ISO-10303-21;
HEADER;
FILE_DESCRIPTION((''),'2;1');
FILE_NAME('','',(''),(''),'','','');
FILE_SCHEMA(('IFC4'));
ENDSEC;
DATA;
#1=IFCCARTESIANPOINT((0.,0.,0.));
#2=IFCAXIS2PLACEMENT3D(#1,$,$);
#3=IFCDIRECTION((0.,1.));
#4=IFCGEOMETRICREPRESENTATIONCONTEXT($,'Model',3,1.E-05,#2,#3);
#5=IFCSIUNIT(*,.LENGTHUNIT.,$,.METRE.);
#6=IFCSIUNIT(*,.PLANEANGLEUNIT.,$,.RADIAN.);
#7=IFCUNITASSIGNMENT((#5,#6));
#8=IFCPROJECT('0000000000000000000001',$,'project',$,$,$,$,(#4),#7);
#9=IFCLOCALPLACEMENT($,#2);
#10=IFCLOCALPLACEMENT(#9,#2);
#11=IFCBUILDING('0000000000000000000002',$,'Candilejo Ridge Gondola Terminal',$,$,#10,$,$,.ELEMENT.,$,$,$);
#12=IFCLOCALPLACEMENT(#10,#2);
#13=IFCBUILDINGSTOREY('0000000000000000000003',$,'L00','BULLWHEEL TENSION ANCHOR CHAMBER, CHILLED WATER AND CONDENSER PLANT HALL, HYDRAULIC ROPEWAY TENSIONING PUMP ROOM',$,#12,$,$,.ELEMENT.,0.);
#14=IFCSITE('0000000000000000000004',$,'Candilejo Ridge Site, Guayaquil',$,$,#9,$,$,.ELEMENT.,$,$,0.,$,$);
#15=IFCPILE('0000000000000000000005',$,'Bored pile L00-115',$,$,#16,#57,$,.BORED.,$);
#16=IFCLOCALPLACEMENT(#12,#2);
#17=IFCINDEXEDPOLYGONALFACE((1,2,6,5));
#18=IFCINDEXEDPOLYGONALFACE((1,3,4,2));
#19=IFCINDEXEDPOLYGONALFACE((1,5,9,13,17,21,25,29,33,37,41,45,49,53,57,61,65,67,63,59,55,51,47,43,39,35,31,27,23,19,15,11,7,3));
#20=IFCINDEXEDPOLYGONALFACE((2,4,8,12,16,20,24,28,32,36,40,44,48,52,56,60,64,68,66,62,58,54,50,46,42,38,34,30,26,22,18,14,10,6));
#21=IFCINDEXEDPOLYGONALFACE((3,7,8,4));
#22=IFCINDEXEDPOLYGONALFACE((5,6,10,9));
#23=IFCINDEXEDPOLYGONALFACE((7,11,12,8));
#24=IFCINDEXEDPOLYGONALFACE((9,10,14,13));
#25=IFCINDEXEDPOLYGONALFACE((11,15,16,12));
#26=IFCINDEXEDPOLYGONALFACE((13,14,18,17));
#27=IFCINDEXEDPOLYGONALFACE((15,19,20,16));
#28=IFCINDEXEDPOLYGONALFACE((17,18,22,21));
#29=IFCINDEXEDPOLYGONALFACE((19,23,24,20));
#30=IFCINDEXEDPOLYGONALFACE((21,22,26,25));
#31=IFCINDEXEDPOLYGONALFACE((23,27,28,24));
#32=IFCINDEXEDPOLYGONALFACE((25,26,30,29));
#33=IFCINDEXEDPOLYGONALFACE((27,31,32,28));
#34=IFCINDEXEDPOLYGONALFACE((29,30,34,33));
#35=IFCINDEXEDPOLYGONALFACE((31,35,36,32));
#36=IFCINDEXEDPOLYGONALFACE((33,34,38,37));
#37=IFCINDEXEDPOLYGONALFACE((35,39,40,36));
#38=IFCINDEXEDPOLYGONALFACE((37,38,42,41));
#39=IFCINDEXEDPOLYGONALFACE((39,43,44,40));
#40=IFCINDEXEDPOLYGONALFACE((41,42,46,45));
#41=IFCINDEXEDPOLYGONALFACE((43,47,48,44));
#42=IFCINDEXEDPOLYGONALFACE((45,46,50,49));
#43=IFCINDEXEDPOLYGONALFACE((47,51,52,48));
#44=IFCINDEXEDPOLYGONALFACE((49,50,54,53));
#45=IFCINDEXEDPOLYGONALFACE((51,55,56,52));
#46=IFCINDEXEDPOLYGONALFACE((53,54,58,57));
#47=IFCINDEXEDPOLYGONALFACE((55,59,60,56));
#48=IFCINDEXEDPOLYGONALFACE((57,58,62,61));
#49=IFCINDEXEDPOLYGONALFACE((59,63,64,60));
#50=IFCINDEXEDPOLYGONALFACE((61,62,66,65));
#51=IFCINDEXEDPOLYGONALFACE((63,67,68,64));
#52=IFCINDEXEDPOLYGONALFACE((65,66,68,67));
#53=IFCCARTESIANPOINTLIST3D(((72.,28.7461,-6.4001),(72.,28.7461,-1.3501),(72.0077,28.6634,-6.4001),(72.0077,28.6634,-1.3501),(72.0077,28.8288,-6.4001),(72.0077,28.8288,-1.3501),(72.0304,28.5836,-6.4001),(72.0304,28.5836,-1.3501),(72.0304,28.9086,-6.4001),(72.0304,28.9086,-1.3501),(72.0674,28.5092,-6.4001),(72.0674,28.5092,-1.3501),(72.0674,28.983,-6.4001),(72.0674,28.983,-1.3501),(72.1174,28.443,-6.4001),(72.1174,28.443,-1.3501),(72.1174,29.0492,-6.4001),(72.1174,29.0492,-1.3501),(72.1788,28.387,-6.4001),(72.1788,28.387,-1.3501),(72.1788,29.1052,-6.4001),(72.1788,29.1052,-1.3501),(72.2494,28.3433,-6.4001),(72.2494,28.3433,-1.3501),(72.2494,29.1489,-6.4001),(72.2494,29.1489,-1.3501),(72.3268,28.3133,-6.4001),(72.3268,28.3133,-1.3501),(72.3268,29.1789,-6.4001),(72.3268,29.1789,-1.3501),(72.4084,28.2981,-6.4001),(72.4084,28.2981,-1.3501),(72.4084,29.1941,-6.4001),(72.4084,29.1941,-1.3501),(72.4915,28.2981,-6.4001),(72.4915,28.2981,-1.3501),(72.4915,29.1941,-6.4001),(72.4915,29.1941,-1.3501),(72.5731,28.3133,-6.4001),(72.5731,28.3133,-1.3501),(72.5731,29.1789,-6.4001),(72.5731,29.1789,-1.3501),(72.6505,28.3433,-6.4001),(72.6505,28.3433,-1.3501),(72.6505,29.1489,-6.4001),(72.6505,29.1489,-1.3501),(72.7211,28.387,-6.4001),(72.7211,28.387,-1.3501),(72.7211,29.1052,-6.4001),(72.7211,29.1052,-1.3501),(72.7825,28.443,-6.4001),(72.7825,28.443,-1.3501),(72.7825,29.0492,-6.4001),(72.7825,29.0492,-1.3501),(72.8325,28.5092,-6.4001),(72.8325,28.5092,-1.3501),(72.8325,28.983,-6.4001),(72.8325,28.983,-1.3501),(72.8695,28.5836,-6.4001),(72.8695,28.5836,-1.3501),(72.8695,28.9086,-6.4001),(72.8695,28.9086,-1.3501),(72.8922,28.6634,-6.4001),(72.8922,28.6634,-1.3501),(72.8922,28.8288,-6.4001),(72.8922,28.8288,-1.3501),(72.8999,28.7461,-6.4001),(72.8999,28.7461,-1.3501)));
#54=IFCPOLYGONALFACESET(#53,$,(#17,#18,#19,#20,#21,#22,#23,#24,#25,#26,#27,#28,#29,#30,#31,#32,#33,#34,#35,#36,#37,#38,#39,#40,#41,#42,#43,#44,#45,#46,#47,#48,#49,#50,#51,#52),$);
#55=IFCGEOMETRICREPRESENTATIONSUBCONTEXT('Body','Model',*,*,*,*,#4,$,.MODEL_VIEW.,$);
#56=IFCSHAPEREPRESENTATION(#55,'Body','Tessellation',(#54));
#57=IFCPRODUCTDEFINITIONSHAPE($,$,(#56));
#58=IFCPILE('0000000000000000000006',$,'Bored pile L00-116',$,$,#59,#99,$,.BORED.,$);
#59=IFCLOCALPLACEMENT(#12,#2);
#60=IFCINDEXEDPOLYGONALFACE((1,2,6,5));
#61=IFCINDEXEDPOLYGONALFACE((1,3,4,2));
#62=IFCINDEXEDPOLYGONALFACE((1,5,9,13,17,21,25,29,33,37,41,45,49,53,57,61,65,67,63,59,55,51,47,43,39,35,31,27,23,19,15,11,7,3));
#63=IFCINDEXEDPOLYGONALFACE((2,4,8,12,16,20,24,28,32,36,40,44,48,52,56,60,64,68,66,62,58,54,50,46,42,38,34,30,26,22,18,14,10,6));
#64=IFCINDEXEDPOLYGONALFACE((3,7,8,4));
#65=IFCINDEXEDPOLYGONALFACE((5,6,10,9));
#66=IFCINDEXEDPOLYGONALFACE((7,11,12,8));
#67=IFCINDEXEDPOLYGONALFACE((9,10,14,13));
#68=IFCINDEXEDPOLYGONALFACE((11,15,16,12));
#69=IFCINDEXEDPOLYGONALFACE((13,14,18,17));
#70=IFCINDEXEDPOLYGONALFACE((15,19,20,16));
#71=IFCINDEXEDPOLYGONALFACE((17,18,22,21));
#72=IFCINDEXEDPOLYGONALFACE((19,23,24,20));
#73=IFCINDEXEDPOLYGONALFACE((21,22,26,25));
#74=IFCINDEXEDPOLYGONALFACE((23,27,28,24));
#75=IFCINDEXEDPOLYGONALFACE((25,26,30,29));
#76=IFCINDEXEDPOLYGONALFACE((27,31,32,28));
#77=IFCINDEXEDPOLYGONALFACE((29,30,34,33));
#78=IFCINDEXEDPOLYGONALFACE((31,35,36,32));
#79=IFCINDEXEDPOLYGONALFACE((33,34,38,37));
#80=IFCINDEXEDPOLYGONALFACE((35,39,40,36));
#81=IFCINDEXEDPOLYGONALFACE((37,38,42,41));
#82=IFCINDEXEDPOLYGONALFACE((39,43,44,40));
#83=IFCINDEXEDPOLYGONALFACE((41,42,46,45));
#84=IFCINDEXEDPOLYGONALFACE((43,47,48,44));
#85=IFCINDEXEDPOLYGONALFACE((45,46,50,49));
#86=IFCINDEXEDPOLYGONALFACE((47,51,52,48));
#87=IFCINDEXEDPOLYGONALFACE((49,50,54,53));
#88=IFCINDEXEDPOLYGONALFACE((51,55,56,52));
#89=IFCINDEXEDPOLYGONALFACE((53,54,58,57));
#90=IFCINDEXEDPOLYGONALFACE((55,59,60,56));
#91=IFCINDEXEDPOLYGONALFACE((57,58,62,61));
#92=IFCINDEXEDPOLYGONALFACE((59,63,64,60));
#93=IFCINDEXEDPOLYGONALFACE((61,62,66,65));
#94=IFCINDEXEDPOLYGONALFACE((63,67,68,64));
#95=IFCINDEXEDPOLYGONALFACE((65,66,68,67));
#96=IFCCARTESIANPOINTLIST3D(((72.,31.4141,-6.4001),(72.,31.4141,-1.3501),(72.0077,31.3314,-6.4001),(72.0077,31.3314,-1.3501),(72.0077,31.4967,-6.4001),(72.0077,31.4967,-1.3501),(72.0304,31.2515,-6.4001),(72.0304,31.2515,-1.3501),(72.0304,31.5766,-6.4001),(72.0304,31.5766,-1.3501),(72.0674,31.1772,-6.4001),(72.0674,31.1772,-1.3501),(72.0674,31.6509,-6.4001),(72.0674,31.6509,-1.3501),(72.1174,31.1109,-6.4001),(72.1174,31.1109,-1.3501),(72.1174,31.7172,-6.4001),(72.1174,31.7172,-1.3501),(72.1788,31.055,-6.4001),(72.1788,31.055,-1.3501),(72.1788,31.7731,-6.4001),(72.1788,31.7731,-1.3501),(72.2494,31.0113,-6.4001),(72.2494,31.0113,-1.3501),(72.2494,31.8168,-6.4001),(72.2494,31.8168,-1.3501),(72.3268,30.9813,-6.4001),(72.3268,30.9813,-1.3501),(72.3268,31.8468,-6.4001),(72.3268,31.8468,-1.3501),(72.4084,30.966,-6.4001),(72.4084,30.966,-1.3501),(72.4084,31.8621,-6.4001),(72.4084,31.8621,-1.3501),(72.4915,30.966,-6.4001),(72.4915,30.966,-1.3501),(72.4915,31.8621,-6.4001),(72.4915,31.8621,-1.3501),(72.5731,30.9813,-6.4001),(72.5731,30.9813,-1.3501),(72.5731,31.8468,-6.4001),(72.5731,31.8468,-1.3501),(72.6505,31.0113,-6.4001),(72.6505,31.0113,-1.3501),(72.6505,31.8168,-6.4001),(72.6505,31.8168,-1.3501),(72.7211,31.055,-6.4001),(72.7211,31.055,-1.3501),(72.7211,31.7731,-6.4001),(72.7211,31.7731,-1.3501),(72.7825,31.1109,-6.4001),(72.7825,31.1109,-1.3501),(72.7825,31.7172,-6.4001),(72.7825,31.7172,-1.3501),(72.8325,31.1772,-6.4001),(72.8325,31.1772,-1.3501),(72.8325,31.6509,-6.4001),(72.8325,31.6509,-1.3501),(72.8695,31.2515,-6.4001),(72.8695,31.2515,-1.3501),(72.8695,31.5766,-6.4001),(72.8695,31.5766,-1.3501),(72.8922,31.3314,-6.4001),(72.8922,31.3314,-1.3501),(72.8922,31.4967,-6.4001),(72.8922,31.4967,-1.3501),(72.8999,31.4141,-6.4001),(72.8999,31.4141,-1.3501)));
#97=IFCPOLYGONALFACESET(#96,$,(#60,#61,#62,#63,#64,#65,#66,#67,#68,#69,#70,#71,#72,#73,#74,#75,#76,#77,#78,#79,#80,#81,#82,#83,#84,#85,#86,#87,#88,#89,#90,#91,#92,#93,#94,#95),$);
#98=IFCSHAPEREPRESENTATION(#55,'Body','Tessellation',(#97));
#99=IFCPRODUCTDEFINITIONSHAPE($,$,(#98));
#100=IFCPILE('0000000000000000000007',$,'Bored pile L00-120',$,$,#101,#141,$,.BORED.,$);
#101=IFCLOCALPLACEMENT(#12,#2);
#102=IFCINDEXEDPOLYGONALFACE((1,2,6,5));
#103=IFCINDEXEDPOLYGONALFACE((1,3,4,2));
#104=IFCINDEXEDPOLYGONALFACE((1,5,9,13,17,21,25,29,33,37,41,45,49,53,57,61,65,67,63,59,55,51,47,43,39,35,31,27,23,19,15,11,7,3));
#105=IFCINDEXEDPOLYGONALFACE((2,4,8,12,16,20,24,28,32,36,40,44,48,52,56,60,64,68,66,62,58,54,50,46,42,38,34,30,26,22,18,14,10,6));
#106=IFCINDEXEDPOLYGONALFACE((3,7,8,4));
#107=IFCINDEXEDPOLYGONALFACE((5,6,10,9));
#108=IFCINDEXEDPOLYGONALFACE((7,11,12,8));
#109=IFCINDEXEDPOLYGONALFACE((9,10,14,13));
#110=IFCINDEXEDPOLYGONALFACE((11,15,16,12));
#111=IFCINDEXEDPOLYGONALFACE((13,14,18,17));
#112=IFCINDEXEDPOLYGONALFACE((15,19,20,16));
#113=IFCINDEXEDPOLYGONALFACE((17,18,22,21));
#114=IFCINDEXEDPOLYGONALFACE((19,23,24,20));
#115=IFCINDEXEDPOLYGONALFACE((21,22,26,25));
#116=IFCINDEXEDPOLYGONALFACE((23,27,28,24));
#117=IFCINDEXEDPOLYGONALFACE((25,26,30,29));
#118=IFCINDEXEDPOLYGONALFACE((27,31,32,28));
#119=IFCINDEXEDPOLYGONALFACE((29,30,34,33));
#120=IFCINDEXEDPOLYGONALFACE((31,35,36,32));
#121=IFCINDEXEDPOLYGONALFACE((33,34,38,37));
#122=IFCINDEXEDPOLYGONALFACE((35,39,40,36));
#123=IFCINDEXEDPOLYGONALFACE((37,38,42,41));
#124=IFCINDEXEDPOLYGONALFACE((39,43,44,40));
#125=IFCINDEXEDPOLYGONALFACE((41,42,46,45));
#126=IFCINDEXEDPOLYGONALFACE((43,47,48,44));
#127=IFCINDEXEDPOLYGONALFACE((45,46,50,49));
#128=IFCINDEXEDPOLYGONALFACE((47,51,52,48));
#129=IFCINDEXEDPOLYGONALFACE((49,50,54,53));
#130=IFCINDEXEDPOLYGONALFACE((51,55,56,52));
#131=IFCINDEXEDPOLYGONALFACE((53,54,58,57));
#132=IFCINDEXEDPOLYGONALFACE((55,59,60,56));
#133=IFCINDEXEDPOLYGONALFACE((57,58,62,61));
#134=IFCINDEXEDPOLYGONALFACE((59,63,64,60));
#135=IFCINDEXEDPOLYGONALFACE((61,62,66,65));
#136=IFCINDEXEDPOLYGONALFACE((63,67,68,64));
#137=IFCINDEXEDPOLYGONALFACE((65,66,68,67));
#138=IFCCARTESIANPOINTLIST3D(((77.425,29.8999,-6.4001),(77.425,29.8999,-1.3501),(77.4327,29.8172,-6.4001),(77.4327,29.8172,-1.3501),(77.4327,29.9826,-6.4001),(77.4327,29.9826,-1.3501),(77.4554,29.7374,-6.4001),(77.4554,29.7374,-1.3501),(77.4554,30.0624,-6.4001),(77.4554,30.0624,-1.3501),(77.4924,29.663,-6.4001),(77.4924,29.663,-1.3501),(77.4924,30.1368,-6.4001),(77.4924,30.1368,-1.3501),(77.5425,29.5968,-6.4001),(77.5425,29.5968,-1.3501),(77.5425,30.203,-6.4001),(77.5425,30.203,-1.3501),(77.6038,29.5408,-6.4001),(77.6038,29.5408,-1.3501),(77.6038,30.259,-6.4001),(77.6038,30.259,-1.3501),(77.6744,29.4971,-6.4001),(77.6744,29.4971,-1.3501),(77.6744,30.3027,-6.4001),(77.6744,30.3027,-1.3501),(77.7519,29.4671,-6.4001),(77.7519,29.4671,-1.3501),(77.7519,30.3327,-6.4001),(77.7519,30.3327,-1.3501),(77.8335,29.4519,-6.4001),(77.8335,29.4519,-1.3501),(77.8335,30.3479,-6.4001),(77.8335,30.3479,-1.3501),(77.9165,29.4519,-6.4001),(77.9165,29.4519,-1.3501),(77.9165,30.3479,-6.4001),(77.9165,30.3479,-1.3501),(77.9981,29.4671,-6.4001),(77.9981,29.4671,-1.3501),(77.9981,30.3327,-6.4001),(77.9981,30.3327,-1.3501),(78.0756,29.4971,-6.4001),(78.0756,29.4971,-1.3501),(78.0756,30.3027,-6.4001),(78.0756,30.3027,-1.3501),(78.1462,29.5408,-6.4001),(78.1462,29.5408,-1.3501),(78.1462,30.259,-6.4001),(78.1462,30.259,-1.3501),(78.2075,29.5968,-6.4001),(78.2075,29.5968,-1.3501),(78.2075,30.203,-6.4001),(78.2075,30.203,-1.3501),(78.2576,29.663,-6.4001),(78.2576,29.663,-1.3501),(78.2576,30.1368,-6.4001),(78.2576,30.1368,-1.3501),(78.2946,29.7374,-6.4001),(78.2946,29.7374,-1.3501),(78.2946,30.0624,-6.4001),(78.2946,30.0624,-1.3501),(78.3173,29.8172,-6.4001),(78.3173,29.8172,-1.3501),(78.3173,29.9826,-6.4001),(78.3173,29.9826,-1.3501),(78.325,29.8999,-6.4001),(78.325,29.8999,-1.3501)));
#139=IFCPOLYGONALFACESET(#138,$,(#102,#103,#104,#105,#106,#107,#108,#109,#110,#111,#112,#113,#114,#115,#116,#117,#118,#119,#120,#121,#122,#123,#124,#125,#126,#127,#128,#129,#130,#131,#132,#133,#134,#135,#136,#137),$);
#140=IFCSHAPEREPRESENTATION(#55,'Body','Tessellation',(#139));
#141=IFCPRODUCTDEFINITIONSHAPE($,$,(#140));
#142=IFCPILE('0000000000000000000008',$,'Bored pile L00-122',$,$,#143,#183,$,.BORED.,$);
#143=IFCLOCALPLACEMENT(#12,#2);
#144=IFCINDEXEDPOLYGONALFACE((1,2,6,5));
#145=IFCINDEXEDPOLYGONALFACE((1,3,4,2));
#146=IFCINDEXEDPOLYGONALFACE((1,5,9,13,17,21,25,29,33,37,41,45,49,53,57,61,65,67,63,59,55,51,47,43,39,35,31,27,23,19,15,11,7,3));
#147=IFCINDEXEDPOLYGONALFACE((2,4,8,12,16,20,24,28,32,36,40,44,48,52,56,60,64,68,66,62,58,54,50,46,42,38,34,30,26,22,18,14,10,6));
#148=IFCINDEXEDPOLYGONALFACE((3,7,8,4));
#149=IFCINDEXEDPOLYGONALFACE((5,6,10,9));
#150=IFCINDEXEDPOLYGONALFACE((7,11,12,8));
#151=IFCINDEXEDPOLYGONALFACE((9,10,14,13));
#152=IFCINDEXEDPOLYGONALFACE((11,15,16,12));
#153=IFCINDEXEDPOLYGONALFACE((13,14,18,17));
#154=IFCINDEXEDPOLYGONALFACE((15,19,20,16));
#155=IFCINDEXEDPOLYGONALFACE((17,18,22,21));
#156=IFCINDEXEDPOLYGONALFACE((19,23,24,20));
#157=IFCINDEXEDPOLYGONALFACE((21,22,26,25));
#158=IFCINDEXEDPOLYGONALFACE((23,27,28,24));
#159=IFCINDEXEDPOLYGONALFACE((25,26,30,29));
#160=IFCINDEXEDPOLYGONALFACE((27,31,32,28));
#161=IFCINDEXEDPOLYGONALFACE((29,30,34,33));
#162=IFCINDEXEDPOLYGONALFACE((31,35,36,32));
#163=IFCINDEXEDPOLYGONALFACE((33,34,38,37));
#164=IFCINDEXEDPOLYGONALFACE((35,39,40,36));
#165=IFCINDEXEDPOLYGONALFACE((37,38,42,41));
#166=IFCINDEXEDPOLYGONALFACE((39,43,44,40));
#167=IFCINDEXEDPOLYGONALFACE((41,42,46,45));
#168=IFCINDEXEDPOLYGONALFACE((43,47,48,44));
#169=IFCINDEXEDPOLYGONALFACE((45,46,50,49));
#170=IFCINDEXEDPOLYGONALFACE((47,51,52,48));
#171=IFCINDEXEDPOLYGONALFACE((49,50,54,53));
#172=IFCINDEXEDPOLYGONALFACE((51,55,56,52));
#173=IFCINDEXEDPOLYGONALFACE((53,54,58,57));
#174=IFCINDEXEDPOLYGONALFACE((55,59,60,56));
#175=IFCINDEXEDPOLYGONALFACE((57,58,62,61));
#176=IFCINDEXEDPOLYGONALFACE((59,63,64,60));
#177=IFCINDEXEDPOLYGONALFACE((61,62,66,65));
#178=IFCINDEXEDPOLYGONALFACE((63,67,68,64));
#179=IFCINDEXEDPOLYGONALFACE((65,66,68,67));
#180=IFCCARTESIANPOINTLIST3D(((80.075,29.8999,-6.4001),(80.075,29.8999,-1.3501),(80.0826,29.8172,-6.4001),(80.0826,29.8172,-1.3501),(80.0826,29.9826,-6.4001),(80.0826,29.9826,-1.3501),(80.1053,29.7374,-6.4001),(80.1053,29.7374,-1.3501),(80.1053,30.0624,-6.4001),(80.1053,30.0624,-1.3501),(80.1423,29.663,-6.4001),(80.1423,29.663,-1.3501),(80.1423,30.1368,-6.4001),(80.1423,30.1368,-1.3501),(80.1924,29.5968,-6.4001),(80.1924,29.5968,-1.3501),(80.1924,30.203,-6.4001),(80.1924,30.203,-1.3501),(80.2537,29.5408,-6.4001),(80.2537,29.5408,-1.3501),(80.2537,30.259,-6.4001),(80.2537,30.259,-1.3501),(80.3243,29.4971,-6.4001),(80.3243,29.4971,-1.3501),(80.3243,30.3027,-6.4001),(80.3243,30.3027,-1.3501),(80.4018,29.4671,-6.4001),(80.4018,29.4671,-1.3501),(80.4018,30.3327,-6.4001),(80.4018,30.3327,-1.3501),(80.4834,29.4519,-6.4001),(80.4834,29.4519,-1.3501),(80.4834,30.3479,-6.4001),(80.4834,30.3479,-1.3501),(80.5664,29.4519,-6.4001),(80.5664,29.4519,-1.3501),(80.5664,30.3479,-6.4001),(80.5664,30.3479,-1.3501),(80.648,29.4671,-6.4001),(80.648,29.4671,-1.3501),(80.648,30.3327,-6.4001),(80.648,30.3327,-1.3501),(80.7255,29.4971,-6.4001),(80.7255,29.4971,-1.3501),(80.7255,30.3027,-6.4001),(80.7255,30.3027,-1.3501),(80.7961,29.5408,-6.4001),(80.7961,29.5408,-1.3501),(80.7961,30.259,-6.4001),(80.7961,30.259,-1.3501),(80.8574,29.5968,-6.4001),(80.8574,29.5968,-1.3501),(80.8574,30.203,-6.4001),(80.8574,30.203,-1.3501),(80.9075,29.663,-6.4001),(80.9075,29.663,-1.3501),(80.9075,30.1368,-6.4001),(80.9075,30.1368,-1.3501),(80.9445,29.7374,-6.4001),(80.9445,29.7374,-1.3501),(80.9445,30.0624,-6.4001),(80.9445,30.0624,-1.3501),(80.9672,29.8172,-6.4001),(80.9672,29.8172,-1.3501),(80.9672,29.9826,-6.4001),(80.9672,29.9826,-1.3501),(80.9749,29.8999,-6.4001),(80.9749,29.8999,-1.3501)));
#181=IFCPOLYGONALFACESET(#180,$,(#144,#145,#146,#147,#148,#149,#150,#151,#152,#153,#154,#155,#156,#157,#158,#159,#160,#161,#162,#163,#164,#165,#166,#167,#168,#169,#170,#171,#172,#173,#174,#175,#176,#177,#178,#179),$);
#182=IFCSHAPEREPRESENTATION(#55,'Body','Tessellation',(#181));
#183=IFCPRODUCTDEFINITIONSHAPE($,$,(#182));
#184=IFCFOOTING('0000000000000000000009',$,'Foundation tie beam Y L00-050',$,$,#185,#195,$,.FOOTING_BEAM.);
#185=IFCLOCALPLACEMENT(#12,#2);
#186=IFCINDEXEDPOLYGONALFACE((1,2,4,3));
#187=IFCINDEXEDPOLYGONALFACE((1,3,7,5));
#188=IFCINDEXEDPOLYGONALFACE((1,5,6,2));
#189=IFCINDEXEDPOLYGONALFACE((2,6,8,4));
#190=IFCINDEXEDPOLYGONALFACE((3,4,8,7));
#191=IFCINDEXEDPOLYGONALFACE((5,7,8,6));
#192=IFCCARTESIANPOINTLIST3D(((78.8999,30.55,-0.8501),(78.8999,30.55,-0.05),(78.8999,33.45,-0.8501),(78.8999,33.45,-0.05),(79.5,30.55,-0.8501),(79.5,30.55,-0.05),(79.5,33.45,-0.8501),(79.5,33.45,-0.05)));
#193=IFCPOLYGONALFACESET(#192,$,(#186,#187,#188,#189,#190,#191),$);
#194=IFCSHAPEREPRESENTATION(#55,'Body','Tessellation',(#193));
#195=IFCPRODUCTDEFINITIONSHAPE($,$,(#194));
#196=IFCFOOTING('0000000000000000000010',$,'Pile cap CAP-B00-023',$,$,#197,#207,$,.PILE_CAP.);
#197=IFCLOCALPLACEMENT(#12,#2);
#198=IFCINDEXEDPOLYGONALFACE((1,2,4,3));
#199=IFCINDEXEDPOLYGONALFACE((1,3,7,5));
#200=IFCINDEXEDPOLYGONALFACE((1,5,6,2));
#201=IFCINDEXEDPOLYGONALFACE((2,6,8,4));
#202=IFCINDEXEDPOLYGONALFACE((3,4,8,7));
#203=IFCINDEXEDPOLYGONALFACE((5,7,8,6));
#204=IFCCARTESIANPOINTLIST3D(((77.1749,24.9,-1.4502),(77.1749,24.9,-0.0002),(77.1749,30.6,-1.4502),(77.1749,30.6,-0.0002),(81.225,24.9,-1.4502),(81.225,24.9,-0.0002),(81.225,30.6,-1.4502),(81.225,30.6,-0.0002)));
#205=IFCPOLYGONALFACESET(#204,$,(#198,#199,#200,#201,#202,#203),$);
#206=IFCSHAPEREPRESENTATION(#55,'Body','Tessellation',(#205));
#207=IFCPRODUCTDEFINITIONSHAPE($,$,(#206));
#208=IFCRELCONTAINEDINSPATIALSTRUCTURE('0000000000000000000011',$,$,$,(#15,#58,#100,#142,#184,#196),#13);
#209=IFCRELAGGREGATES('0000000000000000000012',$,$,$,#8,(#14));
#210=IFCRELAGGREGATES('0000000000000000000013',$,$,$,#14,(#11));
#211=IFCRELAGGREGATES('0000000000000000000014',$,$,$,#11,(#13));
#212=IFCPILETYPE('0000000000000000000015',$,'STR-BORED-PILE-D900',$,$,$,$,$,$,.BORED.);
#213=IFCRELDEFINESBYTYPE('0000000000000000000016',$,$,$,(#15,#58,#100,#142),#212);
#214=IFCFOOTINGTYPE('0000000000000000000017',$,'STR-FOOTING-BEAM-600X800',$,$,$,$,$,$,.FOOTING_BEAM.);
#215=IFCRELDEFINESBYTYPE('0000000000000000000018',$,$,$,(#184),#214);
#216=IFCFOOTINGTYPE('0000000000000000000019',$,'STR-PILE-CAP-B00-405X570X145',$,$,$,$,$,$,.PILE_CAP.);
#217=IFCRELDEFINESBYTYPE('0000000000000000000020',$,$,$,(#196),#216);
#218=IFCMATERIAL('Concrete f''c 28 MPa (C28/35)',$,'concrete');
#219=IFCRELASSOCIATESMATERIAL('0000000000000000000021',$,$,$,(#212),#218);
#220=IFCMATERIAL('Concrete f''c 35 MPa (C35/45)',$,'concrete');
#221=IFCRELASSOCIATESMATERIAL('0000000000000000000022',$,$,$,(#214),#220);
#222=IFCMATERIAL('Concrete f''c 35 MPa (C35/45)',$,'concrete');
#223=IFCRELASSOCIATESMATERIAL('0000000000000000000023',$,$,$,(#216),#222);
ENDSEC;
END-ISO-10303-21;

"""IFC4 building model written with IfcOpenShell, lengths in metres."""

from ifc_helpers import new_model, si_unit, direction, frame, origin, origin_2d, place, context, subcontext, project, spatial, rectangle, circle, extrude, material, material_profile, profile_set, type_object, element, save


model = new_model("IFC4")

# Units and contexts
model_context = context("Model", 3, precision=1e-05, world=origin(), true_north=direction((0.0, 1.0)))
body_context = subcontext(model_context, "Body", "Model", "MODEL_VIEW")
ifc_project = project(units=[si_unit("LENGTHUNIT", "METRE"), si_unit("PLANEANGLEUNIT", "RADIAN")], contexts=[model_context])

# Site, building, storey
site_placement = place(None, origin())
site = spatial("IfcSite", under=ifc_project, at=site_placement, Name="Candilejo Ridge Site, Guayaquil", CompositionType="ELEMENT", RefElevation=0.0)
building_placement = place(site_placement, origin())
building = spatial("IfcBuilding", under=site, at=building_placement, Name="Candilejo Ridge Gondola Terminal", CompositionType="ELEMENT")
storey_placement = place(building_placement, origin())
storey = spatial("IfcBuildingStorey", under=building, at=storey_placement, Name="L00", Description="BULLWHEEL TENSION ANCHOR CHAMBER, CHILLED WATER AND CONDENSER PLANT HALL, HYDRAULIC ROPEWAY TENSIONING PUMP ROOM", CompositionType="ELEMENT", Elevation=0.0)

# Piles
ifc_material_1 = material(Name="Concrete f'c 28 MPa (C28/35)", Category="concrete")
ifc_material_profile_1 = material_profile(ifc_material_1, circle(Radius=0.45, at=origin_2d()))
ifc_profile_set_1 = profile_set([ifc_material_profile_1], Name="Concrete f'c 28 MPa (C28/35)")
pile_type = type_object("IfcPileType", Name="STR-BORED-PILE-D900", PredefinedType="BORED", material=ifc_profile_set_1)
for number, where, z_axis, x_axis, name in (
    (1, (72.45, 28.7461, -1.3501), (0.0, 0.0, -1.0), (1.0, 0.0, 0.0), "Bored pile L00-115"),
    (2, (72.45, 31.4141, -1.3501), (0.0, 0.0, -1.0), (1.0, 0.0, 0.0), "Bored pile L00-116"),
    (3, (77.875, 29.8999, -1.3501), (0.0, 0.0, -1.0), (1.0, 0.0, 0.0), "Bored pile L00-120"),
    (4, (80.5249, 29.8999, -1.3501), (0.0, 0.0, -1.0), (1.0, 0.0, 0.0), "Bored pile L00-122"),
):
    element("IfcPile", number, at=place(storey_placement, frame(where, z_axis=z_axis, x_axis=x_axis)), inside=storey, type_object=pile_type, Name=name, PredefinedType="BORED", context=body_context, shape_type="SweptSolid", body=[
        extrude(circle(Radius=0.45, at=origin_2d()), origin(), (0.0, 0.0, 1.0), 5.05),
    ])

# Footings
ifc_material_2 = material(Name="Concrete f'c 35 MPa (C35/45)", Category="concrete")
footing_type_1 = type_object("IfcFootingType", Name="STR-FOOTING-BEAM-600X800", PredefinedType="FOOTING_BEAM", material=ifc_material_2)
footing_1_placement = place(storey_placement, frame((79.2, 32.0, -0.8501), z_axis=(0.0, 0.0, 1.0), x_axis=(1.0, 0.0, 0.0)))
element("IfcFooting", 5, at=footing_1_placement, inside=storey, type_object=footing_type_1, Name="Foundation tie beam Y L00-050", PredefinedType="FOOTING_BEAM", context=body_context, shape_type="SweptSolid", body=[
    extrude(rectangle(XDim=0.6001, YDim=2.8999, at=origin_2d()), origin(), (0.0, 0.0, 1.0), 0.8),
])
ifc_material_3 = material(Name="Concrete f'c 35 MPa (C35/45)", Category="concrete")
footing_type_2 = type_object("IfcFootingType", Name="STR-PILE-CAP-B00-405X570X145", PredefinedType="PILE_CAP", material=ifc_material_3)
footing_2_placement = place(storey_placement, frame((79.2, 27.75, -1.4502), z_axis=(0.0, 0.0, 1.0), x_axis=(1.0, 0.0, 0.0)))
element("IfcFooting", 6, at=footing_2_placement, inside=storey, type_object=footing_type_2, Name="Pile cap CAP-B00-023", PredefinedType="PILE_CAP", context=body_context, shape_type="SweptSolid", body=[
    extrude(rectangle(XDim=4.05, YDim=5.7, at=origin_2d()), origin(), (0.0, 0.0, 1.0), 1.45),
])

save(model, "model.ifc")
